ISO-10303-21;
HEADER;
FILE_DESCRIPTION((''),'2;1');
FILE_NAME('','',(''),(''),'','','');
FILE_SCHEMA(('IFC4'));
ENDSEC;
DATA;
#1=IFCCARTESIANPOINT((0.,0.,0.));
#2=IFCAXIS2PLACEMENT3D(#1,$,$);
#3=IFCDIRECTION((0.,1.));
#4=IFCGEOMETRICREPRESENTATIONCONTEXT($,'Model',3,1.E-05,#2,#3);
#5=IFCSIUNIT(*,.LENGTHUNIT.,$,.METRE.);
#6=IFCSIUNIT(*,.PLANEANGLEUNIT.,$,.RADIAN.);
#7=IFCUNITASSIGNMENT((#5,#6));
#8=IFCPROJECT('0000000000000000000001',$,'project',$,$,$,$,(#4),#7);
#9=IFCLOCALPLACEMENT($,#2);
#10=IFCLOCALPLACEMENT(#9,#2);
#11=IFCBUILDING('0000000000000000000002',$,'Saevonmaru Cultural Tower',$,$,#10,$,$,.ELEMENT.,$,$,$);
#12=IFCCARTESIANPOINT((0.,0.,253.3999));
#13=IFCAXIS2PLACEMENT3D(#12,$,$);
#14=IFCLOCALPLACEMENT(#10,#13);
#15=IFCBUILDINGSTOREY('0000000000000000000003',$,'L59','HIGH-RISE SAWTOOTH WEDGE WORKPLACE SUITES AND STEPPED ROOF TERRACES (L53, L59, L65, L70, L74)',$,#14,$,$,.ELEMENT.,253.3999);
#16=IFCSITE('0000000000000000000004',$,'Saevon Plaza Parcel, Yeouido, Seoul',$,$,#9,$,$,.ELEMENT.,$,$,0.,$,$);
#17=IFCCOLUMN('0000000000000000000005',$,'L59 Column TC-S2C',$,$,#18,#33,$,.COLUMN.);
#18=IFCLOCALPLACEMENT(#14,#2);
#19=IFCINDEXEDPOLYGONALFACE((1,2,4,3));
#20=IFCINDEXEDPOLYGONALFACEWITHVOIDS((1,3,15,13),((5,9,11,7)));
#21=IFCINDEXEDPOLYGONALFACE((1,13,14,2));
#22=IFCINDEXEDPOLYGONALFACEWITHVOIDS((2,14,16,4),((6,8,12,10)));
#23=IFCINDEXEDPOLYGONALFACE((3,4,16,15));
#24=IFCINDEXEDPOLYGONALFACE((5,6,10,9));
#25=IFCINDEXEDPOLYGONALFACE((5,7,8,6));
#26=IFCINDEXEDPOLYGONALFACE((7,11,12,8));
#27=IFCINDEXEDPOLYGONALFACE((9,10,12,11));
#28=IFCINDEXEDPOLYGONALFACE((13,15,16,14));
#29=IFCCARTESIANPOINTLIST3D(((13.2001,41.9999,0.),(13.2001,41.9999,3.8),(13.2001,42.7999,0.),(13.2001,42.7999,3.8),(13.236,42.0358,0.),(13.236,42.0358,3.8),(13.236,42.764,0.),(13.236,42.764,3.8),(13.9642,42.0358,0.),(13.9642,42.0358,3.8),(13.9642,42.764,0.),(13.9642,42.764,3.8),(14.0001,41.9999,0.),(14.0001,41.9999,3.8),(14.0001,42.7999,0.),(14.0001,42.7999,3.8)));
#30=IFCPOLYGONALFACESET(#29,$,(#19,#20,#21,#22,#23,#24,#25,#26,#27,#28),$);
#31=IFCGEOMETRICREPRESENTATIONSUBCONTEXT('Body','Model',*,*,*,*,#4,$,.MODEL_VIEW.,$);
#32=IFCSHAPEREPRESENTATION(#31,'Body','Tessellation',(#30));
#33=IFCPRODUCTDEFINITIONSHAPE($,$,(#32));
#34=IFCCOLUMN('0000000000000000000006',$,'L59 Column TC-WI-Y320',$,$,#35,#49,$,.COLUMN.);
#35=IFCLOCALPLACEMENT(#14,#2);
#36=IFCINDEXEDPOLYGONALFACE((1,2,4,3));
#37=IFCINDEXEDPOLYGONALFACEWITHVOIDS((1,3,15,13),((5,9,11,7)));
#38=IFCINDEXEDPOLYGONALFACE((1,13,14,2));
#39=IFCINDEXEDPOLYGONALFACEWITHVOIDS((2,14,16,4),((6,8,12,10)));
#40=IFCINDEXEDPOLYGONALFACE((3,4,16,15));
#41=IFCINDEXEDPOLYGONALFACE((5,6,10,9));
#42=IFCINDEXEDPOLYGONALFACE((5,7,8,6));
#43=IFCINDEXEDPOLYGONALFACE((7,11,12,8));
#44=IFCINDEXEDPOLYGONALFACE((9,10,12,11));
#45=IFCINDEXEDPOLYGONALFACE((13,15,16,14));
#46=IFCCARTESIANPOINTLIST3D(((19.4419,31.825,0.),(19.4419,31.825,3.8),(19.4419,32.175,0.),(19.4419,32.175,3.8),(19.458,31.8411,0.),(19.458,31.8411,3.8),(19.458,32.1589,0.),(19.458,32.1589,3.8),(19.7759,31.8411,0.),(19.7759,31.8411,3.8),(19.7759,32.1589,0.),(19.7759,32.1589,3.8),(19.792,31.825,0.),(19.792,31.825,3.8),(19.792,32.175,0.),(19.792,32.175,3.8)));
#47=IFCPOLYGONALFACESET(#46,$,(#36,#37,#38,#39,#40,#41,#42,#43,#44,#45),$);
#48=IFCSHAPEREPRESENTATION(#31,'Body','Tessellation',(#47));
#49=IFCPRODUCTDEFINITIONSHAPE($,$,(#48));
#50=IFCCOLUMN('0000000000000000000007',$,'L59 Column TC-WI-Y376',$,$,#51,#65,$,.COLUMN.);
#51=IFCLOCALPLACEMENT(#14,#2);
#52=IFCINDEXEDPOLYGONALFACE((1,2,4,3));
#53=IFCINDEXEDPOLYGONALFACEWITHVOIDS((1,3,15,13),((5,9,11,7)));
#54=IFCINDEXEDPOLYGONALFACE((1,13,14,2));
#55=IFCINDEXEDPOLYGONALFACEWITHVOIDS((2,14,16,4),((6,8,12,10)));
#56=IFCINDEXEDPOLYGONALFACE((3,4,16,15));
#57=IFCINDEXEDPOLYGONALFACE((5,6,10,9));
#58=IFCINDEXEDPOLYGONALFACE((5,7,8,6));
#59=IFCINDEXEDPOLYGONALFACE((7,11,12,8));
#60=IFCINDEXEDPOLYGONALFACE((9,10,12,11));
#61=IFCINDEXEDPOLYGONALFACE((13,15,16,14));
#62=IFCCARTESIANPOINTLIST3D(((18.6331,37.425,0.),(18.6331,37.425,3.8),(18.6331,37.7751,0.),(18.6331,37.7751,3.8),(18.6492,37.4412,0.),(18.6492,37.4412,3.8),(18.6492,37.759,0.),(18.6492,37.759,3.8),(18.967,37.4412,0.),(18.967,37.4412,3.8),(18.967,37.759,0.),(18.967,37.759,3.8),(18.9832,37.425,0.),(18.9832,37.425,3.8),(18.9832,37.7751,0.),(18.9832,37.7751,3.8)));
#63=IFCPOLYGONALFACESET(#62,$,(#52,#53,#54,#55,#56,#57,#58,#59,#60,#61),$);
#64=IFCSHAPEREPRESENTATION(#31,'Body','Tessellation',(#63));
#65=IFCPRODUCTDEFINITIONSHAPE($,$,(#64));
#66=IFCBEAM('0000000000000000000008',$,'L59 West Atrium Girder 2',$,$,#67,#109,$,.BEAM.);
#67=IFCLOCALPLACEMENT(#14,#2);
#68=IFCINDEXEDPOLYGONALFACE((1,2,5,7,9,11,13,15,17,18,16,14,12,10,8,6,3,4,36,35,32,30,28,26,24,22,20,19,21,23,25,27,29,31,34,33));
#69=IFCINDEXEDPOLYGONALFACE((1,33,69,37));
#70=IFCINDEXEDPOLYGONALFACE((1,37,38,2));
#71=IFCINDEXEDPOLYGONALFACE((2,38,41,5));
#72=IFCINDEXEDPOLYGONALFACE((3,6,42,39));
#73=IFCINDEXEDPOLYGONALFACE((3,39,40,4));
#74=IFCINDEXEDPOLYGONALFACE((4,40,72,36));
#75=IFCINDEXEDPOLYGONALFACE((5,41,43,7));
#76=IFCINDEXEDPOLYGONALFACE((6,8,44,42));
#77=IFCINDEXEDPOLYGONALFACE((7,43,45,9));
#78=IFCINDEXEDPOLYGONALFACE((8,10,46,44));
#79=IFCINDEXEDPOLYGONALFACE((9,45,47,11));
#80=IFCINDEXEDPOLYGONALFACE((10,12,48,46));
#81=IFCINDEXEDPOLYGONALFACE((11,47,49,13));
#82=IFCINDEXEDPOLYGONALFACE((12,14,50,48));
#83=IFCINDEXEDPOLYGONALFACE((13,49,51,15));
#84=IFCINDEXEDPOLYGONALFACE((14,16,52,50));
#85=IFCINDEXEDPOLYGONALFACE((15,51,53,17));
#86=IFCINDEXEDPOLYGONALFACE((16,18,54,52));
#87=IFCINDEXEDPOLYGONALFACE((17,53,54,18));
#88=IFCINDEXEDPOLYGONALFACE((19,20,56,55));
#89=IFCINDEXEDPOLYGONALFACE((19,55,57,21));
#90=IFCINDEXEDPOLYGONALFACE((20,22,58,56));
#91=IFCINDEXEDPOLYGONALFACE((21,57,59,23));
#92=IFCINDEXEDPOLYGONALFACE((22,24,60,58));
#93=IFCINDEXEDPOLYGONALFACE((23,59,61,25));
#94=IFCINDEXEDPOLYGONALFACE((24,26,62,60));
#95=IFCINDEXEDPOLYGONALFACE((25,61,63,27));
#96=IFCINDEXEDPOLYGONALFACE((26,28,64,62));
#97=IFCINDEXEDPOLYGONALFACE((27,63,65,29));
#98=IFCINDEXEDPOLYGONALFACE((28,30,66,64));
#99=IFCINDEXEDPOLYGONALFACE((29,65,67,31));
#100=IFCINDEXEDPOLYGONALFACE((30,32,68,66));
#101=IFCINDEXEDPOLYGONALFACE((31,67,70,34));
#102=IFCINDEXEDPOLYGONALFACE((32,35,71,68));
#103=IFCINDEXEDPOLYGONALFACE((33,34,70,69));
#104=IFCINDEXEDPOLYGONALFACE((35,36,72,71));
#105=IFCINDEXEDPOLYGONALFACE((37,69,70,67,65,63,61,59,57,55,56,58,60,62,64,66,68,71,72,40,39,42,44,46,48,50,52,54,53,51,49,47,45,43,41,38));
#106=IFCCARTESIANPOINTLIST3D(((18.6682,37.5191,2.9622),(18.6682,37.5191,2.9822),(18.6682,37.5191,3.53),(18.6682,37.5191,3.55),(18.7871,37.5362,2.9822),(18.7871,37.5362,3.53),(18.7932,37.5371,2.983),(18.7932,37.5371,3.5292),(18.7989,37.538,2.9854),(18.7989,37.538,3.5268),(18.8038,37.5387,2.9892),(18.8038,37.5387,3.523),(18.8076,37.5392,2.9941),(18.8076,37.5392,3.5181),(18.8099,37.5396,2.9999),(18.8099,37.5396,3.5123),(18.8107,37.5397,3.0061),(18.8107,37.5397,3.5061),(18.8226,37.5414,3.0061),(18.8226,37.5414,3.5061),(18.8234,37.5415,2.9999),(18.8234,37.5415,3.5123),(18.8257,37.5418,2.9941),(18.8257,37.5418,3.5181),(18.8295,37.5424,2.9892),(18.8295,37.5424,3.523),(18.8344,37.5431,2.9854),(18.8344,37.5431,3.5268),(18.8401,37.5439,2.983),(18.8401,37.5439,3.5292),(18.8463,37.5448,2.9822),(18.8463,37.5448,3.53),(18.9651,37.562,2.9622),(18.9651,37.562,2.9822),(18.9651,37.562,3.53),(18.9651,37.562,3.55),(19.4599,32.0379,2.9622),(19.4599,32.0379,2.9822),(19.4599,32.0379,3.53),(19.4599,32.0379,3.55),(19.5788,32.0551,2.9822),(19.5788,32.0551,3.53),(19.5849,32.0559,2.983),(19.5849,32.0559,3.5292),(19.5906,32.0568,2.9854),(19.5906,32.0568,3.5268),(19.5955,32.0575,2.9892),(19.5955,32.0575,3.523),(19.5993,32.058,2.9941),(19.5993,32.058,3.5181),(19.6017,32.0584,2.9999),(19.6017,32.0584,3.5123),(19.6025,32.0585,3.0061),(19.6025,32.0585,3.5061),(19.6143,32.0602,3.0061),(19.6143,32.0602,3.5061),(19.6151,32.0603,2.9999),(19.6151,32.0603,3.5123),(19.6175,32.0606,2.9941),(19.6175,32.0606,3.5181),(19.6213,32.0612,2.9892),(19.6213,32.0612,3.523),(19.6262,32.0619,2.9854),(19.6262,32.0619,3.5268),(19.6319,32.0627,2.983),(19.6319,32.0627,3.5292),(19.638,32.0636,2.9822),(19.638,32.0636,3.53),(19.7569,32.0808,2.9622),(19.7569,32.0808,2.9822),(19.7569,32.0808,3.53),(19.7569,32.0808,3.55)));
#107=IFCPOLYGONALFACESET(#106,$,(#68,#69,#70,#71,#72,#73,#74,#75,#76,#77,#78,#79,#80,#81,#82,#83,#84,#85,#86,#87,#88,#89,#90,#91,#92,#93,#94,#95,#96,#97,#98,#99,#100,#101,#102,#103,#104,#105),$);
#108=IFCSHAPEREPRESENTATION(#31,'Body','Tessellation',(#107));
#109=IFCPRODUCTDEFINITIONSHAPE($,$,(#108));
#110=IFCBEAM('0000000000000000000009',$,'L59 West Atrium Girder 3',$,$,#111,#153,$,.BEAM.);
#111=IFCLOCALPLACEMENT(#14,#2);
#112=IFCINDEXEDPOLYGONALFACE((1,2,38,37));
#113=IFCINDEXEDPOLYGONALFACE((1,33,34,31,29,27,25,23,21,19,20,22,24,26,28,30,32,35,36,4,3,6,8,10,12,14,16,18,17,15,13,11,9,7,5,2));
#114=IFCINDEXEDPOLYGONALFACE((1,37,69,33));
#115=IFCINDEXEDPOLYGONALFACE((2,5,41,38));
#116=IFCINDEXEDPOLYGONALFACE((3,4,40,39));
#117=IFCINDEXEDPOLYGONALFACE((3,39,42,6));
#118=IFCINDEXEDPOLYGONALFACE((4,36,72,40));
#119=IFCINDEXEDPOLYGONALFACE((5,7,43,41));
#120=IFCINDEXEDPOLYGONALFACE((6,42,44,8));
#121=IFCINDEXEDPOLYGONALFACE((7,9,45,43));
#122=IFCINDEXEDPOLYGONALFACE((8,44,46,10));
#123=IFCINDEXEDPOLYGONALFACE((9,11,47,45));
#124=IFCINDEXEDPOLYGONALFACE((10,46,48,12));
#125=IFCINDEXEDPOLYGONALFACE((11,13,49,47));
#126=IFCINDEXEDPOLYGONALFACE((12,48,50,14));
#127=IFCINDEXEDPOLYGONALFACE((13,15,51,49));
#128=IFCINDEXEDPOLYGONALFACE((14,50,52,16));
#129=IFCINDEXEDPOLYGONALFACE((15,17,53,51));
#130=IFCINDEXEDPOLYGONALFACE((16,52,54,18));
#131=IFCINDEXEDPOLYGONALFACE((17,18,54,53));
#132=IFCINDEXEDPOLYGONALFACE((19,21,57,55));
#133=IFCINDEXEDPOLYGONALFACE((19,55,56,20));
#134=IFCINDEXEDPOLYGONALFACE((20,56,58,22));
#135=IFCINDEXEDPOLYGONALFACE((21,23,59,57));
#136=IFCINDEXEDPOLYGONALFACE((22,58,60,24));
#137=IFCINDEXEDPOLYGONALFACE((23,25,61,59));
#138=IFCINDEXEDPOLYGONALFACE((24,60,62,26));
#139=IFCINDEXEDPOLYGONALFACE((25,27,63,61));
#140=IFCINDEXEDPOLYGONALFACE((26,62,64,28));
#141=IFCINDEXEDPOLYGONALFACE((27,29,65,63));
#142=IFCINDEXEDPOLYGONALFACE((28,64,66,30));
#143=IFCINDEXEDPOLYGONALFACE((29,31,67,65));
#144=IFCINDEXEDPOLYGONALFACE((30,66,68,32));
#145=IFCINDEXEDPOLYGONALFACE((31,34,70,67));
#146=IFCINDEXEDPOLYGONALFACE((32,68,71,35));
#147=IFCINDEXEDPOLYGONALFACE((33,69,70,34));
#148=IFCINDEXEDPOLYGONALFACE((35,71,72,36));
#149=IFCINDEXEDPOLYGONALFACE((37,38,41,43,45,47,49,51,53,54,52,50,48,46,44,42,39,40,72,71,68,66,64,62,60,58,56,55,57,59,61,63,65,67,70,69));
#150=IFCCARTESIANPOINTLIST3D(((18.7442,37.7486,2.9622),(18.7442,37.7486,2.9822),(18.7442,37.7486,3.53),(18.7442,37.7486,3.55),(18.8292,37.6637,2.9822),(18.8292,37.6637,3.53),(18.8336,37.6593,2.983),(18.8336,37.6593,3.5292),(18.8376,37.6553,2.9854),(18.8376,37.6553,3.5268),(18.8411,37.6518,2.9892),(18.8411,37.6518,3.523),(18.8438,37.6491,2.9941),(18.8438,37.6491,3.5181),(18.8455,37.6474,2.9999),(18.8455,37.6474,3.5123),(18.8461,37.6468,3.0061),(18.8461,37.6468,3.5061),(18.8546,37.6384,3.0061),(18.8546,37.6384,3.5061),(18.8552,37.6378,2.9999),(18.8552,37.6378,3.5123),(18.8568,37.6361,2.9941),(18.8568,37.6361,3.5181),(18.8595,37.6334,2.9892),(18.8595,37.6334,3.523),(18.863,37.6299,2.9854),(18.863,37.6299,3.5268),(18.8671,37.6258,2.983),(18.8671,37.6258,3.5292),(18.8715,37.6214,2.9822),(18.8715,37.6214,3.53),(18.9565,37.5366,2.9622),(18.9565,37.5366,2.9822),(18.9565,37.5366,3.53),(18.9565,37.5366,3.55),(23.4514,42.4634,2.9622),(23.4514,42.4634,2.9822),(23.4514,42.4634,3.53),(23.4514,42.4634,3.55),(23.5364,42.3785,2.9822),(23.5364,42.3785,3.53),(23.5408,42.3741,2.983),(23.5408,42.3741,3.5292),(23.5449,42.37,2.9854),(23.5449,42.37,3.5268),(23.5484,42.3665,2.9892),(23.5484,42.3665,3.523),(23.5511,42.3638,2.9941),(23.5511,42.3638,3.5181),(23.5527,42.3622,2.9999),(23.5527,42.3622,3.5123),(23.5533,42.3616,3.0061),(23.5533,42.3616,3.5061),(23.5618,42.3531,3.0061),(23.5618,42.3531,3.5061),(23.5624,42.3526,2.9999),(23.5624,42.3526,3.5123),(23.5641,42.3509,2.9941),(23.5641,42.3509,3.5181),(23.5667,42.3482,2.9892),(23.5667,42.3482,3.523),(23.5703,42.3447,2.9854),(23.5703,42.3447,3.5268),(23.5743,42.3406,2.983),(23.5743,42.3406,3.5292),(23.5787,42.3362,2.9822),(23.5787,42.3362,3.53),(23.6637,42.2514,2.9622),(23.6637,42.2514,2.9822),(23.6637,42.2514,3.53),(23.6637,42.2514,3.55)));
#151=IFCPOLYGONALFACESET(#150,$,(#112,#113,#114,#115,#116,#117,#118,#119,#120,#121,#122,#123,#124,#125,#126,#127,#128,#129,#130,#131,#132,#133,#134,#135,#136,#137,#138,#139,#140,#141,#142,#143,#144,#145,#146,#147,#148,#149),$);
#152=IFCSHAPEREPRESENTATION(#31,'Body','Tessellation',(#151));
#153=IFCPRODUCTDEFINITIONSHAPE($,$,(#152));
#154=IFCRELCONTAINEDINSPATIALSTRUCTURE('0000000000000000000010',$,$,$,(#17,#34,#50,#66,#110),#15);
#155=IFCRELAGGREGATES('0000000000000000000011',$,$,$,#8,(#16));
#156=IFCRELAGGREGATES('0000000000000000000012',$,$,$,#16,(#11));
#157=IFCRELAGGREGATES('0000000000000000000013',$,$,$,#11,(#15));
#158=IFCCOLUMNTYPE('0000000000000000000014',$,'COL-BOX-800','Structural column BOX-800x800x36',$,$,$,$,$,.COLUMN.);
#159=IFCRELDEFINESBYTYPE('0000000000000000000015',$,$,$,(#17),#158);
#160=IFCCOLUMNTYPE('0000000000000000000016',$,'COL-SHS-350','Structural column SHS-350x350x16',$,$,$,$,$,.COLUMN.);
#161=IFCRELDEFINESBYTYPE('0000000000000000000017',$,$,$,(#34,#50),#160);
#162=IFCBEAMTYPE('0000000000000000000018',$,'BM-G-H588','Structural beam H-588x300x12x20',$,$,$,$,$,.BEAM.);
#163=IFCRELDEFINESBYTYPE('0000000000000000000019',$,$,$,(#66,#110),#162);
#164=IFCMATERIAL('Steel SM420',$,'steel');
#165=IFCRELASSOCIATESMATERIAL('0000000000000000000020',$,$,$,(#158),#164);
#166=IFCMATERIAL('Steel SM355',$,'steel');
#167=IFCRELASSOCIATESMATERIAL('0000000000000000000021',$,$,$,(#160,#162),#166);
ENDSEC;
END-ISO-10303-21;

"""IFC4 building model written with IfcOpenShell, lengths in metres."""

from ifc_helpers import new_model, si_unit, direction, frame, origin, origin_2d, place, context, subcontext, project, spatial, hollow_rectangle, i_section, extrude, material, material_profile, profile_set, type_object, element, save


model = new_model("IFC4")

# Units and contexts
model_context = context("Model", 3, precision=1e-05, world=origin(), true_north=direction((0.0, 1.0)))
body_context = subcontext(model_context, "Body", "Model", "MODEL_VIEW")
ifc_project = project(units=[si_unit("LENGTHUNIT", "METRE"), si_unit("PLANEANGLEUNIT", "RADIAN")], contexts=[model_context])

# Site, building, storey
site_placement = place(None, origin())
site = spatial("IfcSite", under=ifc_project, at=site_placement, Name="Saevon Plaza Parcel, Yeouido, Seoul", CompositionType="ELEMENT", RefElevation=0.0)
building_placement = place(site_placement, origin())
building = spatial("IfcBuilding", under=site, at=building_placement, Name="Saevonmaru Cultural Tower", CompositionType="ELEMENT")
storey_placement = place(building_placement, frame((0.0, 0.0, 253.3999)))
storey = spatial("IfcBuildingStorey", under=building, at=storey_placement, Name="L59", Description="HIGH-RISE SAWTOOTH WEDGE WORKPLACE SUITES AND STEPPED ROOF TERRACES (L53, L59, L65, L70, L74)", CompositionType="ELEMENT", Elevation=253.3999)

# Columns
ifc_material_1 = material(Name="Steel SM420", Category="steel")
ifc_material_profile_1 = material_profile(ifc_material_1, hollow_rectangle(XDim=0.8, YDim=0.8, WallThickness=0.0359, at=origin_2d()), Name="BOX-800x800x36")
ifc_profile_set_1 = profile_set([ifc_material_profile_1], Name="Steel SM420")
column_type_1 = type_object("IfcColumnType", Name="COL-BOX-800", Description="Structural column BOX-800x800x36", PredefinedType="COLUMN", material=ifc_profile_set_1)
column_placement = place(storey_placement, frame((13.6001, 42.3999, 0.0), z_axis=(0.0, 0.0, 1.0), x_axis=(1.0, 0.0, 0.0)))
element("IfcColumn", 1, at=column_placement, inside=storey, type_object=column_type_1, Name="L59 Column TC-S2C", PredefinedType="COLUMN", context=body_context, shape_type="SweptSolid", body=[
    extrude(hollow_rectangle(XDim=0.8, YDim=0.8, WallThickness=0.0359, at=origin_2d()), origin(), (0.0, 0.0, 1.0), 3.8),
])
ifc_material_2 = material(Name="Steel SM355", Category="steel")
ifc_material_profile_2 = material_profile(ifc_material_2, hollow_rectangle(XDim=0.3501, YDim=0.3501, WallThickness=0.0161, at=origin_2d()), Name="SHS-350x350x16")
ifc_profile_set_2 = profile_set([ifc_material_profile_2], Name="Steel SM355")
column_type_2 = type_object("IfcColumnType", Name="COL-SHS-350", Description="Structural column SHS-350x350x16", PredefinedType="COLUMN", material=ifc_profile_set_2)
for number, where, z_axis, x_axis, name in (
    (2, (19.6169, 32.0, 0.0), (0.0, 0.0, 1.0), (1.0, 0.0, 0.0), "L59 Column TC-WI-Y320"),
    (3, (18.8081, 37.6001, 0.0), (0.0, 0.0, 1.0), (1.0, 0.0, 0.0), "L59 Column TC-WI-Y376"),
):
    element("IfcColumn", number, at=place(storey_placement, frame(where, z_axis=z_axis, x_axis=x_axis)), inside=storey, type_object=column_type_2, Name=name, PredefinedType="COLUMN", context=body_context, shape_type="SweptSolid", body=[
        extrude(hollow_rectangle(XDim=0.3501, YDim=0.3501, WallThickness=0.0161, at=origin_2d()), origin(), (0.0, 0.0, 1.0), 3.8),
    ])

# Beams
ifc_material_profile_3 = material_profile(ifc_material_2, i_section(OverallWidth=0.3, OverallDepth=0.5879, WebThickness=0.012, FlangeThickness=0.02, FilletRadius=0.0239, at=origin_2d()), Name="H-588x300x12x20")
ifc_profile_set_3 = profile_set([ifc_material_profile_3], Name="Steel SM355")
beam_type = type_object("IfcBeamType", Name="BM-G-H588", Description="Structural beam H-588x300x12x20", PredefinedType="BEAM", material=ifc_profile_set_3)
beam_1_placement = place(storey_placement, frame((19.6084, 32.0593, 3.2561), z_axis=(-0.142964, 0.989728, 0.0), x_axis=(-0.989728, -0.142964, 0.0)))
element("IfcBeam", 4, at=beam_1_placement, inside=storey, type_object=beam_type, Name="L59 West Atrium Girder 2", PredefinedType="BEAM", context=body_context, shape_type="SweptSolid", body=[
    extrude(i_section(OverallWidth=0.3, OverallDepth=0.5879, WebThickness=0.012, FlangeThickness=0.02, FilletRadius=0.0239, at=origin_2d()), origin(), (0.0, 0.0, 1.0), 5.5381),
])
beam_2_placement = place(storey_placement, frame((18.8503, 37.6426, 3.2561), z_axis=(0.706539, 0.707675, 0.0), x_axis=(-0.707675, 0.706539, 0.0)))
element("IfcBeam", 5, at=beam_2_placement, inside=storey, type_object=beam_type, Name="L59 West Atrium Girder 3", PredefinedType="BEAM", context=body_context, shape_type="SweptSolid", body=[
    extrude(i_section(OverallWidth=0.3, OverallDepth=0.5879, WebThickness=0.012, FlangeThickness=0.02, FilletRadius=0.0239, at=origin_2d()), origin(), (0.0, 0.0, 1.0), 6.6624),
])

save(model, "model.ifc")
